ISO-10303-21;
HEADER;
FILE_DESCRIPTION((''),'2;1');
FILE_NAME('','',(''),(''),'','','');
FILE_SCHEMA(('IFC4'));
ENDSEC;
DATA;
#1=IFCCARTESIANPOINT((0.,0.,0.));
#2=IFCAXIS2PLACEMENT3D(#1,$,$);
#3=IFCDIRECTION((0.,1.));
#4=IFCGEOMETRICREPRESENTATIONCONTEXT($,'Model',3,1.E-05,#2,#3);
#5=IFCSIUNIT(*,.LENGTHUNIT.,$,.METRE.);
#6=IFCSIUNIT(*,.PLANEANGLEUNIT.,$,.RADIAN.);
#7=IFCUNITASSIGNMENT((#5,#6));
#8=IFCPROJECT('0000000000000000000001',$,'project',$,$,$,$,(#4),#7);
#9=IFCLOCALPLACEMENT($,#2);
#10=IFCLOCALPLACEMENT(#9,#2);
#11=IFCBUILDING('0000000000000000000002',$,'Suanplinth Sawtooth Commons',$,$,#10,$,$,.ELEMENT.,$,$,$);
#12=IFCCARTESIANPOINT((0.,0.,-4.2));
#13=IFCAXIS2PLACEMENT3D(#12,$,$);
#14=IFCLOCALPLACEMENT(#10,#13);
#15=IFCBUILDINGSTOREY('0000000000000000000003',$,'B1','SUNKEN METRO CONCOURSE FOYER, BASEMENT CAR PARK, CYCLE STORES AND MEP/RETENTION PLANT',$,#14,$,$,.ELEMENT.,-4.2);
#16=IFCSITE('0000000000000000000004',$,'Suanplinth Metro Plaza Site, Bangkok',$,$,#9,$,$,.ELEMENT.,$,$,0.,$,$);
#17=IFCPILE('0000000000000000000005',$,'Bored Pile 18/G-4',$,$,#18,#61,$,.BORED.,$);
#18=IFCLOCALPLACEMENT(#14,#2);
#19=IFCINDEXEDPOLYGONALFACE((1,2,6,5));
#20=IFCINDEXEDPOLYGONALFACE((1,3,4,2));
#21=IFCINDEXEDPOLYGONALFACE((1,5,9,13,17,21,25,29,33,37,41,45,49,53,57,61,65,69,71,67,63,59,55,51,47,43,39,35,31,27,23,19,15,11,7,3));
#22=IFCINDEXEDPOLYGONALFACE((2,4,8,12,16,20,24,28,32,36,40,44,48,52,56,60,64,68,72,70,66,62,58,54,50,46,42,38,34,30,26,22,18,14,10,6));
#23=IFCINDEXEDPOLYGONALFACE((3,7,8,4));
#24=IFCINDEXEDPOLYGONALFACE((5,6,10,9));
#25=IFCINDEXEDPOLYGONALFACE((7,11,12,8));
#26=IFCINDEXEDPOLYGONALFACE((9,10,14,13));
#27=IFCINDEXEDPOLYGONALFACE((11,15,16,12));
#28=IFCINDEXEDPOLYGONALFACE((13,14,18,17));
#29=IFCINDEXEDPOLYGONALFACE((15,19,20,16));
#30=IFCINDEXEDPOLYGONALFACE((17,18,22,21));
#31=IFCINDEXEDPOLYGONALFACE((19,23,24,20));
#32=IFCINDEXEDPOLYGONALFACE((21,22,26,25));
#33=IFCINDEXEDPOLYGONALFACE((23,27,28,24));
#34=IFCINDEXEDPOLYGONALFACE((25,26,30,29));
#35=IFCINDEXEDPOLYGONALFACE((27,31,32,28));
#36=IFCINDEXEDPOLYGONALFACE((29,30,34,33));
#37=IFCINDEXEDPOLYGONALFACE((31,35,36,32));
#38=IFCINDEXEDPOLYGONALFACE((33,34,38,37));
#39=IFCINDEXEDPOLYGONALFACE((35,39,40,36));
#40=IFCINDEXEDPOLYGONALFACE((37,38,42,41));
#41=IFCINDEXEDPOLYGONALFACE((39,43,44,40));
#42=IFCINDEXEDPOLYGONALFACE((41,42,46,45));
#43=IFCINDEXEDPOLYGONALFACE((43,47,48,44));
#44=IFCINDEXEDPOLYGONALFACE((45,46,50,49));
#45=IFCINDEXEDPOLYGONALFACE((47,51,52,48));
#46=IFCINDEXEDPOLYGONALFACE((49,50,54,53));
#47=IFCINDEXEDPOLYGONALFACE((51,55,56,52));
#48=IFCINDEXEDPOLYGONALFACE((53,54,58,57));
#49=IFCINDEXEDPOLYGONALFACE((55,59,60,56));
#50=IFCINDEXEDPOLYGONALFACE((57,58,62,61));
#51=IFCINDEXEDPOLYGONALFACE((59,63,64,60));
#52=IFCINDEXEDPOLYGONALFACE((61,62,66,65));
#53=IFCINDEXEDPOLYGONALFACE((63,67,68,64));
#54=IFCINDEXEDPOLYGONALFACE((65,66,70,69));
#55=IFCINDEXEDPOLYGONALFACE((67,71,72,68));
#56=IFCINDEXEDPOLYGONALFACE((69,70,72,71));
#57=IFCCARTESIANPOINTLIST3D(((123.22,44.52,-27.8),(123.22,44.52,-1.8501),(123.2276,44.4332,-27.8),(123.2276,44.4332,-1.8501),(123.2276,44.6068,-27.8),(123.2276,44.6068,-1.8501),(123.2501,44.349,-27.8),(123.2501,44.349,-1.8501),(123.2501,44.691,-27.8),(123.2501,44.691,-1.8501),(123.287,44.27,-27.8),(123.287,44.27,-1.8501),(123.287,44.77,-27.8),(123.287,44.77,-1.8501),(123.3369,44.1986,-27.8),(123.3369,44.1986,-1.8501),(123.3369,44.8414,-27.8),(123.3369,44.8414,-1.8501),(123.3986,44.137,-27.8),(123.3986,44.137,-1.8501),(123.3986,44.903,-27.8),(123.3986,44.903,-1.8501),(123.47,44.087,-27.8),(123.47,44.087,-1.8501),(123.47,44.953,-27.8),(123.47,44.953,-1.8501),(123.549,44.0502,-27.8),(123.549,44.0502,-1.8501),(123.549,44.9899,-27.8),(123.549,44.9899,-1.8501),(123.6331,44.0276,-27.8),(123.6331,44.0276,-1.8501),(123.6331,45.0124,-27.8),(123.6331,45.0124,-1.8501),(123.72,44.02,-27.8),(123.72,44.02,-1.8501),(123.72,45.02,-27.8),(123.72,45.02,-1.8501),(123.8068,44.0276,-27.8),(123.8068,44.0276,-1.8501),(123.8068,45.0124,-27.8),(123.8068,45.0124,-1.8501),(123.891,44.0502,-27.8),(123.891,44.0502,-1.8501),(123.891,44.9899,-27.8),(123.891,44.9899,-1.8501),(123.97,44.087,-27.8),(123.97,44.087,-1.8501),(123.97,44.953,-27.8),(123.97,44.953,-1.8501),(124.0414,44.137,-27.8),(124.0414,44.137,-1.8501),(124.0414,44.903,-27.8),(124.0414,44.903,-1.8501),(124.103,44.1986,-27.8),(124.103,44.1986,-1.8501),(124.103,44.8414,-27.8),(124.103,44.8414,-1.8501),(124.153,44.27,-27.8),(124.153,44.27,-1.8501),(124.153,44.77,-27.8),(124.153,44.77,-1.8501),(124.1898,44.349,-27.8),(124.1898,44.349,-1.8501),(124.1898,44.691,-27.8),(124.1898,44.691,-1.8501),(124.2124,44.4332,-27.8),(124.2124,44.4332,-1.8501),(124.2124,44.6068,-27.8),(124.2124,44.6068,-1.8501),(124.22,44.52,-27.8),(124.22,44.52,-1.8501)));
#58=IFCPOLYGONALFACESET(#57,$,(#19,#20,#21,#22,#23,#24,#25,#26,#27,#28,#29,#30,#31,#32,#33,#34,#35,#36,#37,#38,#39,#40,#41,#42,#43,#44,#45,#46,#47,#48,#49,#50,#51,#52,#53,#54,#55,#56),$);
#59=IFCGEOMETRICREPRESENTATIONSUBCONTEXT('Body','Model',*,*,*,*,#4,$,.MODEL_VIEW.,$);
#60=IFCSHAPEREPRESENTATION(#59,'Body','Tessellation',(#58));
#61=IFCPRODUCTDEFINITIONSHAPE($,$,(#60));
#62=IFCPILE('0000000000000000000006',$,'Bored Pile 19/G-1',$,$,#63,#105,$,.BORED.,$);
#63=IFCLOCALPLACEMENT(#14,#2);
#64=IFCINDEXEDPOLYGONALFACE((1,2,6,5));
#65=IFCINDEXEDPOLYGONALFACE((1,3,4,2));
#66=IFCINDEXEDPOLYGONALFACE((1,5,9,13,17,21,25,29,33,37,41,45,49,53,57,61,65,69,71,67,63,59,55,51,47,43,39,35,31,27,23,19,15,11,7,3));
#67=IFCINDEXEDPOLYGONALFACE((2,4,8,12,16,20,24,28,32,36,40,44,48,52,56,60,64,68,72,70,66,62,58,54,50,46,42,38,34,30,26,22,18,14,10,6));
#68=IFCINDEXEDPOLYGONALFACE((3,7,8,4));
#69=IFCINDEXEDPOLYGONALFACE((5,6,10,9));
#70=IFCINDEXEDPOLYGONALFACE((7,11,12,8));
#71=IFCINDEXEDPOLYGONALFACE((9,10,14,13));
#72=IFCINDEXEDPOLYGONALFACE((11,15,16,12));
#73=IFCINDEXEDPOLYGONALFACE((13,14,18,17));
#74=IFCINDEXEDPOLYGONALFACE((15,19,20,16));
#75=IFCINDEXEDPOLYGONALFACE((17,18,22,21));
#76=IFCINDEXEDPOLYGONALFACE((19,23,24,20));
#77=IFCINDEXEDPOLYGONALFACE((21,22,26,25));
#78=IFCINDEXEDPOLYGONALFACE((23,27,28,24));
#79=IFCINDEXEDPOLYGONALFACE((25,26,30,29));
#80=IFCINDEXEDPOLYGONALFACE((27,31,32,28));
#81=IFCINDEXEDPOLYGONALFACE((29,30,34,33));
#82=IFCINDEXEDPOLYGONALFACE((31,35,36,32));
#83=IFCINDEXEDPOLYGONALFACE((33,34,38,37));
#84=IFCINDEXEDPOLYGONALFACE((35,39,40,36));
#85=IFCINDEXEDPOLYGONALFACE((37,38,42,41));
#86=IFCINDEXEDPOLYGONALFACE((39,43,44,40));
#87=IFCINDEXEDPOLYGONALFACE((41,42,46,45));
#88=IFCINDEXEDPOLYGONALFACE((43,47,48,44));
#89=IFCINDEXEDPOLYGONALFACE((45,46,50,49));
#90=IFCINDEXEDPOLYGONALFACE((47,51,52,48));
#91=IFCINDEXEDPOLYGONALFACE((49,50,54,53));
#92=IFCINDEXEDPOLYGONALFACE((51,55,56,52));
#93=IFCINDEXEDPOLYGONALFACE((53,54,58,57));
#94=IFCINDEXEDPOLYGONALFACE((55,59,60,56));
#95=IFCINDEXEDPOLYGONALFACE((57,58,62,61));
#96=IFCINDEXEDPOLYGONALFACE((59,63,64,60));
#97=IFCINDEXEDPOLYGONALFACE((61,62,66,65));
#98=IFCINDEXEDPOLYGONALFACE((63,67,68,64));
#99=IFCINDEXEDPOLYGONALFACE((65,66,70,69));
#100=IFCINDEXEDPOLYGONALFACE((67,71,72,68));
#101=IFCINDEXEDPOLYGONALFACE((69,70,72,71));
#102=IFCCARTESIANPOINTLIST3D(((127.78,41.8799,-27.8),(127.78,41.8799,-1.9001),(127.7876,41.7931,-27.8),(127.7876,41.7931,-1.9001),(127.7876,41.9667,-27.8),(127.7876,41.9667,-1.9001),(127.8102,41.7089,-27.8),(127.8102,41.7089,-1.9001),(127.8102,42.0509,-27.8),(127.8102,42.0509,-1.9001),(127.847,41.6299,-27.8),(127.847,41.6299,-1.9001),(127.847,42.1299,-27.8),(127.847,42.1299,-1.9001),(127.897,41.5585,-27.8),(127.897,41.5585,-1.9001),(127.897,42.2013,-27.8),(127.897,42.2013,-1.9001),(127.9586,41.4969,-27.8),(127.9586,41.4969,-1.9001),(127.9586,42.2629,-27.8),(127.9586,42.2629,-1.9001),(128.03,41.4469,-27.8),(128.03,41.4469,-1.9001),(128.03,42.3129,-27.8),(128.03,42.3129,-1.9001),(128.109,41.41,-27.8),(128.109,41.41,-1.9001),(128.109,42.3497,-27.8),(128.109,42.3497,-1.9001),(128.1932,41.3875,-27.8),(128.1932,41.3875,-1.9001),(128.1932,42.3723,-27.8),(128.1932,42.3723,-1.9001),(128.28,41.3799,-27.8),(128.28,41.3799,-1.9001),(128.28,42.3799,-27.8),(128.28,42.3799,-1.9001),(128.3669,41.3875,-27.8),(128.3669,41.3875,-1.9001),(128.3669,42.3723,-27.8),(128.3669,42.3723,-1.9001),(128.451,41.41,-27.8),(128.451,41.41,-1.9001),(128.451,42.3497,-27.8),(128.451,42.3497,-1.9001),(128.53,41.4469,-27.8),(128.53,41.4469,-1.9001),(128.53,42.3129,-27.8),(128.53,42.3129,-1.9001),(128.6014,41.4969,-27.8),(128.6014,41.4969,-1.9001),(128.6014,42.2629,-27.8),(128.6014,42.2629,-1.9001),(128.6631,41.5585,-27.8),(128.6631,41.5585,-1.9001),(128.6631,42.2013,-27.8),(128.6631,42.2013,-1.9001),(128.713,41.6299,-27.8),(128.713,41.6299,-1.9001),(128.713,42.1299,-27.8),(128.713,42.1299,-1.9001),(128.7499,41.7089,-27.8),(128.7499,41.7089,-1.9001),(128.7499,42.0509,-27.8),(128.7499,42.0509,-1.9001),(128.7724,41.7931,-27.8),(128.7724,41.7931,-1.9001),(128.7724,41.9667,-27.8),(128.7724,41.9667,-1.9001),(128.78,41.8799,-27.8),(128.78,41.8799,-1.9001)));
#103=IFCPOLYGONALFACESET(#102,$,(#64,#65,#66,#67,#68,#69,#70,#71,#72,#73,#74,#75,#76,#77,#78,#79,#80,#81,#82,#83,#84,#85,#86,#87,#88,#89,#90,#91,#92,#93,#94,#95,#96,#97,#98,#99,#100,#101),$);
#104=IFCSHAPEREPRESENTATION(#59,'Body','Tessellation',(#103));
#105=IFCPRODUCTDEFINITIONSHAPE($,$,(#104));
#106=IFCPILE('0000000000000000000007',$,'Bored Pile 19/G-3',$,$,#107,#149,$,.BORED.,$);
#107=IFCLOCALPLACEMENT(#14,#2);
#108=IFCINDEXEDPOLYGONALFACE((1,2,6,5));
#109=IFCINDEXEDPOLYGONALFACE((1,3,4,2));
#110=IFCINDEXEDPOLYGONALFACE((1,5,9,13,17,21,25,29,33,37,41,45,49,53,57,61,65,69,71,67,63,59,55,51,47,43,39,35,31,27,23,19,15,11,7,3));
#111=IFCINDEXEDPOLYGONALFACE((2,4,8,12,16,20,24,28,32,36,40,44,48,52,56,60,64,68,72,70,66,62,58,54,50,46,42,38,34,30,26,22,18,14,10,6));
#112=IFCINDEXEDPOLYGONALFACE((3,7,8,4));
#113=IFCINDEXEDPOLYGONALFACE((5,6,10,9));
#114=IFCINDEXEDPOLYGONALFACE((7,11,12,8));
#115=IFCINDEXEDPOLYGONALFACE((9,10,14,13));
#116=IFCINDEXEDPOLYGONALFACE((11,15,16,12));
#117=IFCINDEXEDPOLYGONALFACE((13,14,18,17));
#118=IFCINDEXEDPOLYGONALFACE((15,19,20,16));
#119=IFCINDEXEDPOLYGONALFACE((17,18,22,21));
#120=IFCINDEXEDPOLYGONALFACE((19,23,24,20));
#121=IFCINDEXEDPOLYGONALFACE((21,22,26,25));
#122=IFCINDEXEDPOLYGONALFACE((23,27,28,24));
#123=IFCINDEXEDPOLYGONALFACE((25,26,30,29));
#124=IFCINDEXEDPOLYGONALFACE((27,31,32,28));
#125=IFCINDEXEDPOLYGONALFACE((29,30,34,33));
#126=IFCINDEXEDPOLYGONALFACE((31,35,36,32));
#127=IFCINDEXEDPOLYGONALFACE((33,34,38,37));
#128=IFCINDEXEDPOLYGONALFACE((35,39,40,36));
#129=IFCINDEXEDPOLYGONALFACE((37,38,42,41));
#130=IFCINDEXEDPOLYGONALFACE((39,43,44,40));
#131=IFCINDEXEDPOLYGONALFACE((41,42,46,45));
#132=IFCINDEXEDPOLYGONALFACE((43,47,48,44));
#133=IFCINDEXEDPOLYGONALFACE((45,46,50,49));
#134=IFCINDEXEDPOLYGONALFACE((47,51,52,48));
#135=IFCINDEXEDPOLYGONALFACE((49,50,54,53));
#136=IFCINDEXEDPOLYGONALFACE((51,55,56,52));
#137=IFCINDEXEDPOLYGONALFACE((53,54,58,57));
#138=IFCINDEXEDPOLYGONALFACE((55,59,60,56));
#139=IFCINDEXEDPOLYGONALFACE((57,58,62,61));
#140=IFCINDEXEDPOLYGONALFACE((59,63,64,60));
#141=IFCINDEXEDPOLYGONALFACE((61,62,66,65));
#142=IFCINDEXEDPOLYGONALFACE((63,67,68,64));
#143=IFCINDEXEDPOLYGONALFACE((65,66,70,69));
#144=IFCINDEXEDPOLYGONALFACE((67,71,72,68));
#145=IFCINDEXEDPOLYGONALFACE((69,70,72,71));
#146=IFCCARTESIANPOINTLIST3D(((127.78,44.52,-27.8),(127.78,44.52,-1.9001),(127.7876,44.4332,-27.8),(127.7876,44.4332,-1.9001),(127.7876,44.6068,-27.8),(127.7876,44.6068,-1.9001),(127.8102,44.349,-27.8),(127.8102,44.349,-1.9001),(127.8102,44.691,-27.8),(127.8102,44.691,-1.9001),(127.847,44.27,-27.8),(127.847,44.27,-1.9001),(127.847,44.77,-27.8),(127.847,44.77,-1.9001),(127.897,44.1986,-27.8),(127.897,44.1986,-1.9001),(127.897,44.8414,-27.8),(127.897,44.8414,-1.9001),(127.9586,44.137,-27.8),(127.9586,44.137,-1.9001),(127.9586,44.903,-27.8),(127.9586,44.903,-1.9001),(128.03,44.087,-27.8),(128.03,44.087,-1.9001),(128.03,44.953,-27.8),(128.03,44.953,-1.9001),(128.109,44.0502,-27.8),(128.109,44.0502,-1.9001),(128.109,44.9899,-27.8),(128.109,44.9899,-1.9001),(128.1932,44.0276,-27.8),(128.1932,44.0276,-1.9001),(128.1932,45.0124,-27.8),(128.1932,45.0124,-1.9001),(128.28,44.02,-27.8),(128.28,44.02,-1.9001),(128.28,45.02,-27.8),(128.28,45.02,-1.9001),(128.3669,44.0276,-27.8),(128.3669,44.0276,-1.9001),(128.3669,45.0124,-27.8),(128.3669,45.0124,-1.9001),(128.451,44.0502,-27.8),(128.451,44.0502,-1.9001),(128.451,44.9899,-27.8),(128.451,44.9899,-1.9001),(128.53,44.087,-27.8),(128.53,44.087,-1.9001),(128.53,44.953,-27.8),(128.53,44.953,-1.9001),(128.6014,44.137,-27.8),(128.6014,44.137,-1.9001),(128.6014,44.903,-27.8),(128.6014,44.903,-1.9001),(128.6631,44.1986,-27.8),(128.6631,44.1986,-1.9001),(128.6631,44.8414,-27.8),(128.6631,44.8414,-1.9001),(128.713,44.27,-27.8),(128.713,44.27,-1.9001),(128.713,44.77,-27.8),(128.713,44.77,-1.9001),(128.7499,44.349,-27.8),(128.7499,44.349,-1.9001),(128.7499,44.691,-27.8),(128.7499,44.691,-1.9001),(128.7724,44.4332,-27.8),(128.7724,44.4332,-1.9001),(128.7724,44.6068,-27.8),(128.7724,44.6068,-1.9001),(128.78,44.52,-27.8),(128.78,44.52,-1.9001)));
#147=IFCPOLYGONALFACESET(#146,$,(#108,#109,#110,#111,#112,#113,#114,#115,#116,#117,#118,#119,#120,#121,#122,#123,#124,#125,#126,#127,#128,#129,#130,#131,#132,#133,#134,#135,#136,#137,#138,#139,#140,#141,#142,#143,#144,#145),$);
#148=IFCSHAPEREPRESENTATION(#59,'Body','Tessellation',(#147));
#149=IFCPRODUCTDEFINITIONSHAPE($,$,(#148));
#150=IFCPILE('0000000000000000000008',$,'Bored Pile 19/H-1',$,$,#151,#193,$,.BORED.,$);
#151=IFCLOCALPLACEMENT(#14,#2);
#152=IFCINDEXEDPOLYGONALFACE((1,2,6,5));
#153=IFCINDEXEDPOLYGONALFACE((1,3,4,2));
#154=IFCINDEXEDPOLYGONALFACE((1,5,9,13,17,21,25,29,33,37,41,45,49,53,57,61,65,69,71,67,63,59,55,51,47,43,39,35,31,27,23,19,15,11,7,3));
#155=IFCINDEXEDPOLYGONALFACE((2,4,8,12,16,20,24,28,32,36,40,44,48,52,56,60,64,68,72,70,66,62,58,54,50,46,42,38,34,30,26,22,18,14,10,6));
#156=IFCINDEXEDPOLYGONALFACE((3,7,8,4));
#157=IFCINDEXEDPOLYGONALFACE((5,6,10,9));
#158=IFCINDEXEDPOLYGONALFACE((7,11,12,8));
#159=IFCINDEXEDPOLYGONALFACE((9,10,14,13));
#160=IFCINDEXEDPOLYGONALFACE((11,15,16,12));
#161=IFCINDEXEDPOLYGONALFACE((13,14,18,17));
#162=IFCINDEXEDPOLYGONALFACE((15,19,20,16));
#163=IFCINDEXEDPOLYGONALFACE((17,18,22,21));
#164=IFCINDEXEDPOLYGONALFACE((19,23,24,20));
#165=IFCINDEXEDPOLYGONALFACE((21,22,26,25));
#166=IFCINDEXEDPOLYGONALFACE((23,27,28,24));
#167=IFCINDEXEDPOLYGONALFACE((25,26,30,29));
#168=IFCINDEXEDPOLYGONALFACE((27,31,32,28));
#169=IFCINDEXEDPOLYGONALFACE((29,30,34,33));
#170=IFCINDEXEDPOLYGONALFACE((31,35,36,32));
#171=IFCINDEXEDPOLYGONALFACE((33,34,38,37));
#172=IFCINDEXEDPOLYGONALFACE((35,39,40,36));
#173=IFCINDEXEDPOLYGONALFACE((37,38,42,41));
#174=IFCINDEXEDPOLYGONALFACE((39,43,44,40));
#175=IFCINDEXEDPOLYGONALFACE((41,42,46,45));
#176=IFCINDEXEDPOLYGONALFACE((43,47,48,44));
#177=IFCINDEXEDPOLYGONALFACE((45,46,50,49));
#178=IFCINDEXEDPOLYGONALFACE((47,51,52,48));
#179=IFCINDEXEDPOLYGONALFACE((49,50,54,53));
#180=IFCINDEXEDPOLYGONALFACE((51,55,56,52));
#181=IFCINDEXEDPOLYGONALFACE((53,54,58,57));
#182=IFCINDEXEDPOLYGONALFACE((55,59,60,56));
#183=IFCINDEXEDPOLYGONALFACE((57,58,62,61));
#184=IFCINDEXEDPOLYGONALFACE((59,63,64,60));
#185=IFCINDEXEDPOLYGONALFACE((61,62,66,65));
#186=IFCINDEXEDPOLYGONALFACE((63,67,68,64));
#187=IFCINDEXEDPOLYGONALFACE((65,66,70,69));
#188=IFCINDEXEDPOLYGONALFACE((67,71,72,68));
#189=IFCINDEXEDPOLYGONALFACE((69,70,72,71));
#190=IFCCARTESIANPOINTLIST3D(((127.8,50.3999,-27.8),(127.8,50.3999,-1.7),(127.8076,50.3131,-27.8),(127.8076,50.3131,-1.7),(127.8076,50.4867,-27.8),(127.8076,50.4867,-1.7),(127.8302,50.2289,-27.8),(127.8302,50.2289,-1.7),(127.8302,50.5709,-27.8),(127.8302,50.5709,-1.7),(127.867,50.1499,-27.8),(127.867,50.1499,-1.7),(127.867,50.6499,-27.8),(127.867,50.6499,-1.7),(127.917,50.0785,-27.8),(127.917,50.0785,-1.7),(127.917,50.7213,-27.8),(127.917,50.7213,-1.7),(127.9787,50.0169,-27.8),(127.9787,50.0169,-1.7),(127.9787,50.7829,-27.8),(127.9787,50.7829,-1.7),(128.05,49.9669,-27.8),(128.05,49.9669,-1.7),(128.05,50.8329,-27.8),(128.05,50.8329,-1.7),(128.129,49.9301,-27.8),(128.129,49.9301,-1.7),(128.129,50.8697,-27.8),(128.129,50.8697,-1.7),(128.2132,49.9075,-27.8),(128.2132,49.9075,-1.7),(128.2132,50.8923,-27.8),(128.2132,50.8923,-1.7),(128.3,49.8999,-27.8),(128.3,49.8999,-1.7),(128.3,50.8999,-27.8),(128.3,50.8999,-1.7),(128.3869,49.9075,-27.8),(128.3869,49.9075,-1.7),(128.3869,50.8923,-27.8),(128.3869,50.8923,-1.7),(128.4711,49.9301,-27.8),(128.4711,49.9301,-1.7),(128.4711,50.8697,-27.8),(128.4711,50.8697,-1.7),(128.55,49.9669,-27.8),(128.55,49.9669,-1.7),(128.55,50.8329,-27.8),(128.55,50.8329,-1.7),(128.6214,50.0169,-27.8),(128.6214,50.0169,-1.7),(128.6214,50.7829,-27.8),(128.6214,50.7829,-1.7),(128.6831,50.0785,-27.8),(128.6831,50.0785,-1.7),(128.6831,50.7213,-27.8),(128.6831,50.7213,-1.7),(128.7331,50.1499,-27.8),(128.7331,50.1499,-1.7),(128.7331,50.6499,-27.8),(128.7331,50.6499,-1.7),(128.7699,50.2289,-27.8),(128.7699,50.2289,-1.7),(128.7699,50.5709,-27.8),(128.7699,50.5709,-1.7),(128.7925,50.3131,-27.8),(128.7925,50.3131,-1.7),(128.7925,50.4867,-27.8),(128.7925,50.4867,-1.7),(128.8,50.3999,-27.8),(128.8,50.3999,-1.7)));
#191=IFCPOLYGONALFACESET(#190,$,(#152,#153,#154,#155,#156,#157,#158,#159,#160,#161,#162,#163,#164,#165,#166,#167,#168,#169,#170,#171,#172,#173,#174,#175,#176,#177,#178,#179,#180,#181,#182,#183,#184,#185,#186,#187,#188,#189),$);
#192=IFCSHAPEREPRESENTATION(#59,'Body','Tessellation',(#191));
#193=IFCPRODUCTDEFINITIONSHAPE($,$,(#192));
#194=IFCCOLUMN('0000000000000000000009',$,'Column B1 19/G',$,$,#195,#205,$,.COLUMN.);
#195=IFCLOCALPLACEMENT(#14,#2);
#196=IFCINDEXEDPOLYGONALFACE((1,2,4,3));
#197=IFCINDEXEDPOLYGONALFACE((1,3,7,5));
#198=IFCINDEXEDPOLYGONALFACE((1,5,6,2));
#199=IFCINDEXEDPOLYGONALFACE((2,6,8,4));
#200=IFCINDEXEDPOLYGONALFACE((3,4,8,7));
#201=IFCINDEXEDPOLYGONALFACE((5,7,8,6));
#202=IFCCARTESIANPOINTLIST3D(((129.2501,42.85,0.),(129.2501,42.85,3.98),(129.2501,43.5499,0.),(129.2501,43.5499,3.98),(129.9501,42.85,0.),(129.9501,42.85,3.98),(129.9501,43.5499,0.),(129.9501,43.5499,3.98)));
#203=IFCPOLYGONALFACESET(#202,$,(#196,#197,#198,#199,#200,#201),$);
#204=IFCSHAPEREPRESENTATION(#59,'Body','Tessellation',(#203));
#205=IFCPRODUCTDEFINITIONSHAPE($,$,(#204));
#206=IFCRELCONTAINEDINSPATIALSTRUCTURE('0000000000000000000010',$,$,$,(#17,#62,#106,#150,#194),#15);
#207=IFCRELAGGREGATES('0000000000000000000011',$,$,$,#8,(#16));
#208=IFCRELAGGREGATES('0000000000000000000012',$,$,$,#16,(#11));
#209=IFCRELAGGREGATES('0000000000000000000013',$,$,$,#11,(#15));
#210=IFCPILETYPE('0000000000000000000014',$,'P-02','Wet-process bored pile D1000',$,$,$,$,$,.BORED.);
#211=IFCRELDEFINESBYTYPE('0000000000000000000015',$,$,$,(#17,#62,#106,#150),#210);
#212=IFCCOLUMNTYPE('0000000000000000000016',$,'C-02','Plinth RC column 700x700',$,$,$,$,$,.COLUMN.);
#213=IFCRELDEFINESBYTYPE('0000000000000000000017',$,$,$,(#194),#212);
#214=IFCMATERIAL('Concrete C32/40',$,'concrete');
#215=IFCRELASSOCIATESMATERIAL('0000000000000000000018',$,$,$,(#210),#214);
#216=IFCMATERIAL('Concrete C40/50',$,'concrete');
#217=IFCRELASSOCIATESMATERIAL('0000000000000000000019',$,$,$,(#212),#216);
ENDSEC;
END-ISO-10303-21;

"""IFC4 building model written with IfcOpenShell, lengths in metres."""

from ifc_helpers import new_model, si_unit, direction, frame, origin, origin_2d, place, context, subcontext, project, spatial, rectangle, circle, extrude, material, material_profile, profile_set, type_object, element, save


model = new_model("IFC4")

# Units and contexts
model_context = context("Model", 3, precision=1e-05, world=origin(), true_north=direction((0.0, 1.0)))
body_context = subcontext(model_context, "Body", "Model", "MODEL_VIEW")
ifc_project = project(units=[si_unit("LENGTHUNIT", "METRE"), si_unit("PLANEANGLEUNIT", "RADIAN")], contexts=[model_context])

# Site, building, storey
site_placement = place(None, origin())
site = spatial("IfcSite", under=ifc_project, at=site_placement, Name="Suanplinth Metro Plaza Site, Bangkok", CompositionType="ELEMENT", RefElevation=0.0)
building_placement = place(site_placement, origin())
building = spatial("IfcBuilding", under=site, at=building_placement, Name="Suanplinth Sawtooth Commons", CompositionType="ELEMENT")
storey_placement = place(building_placement, frame((0.0, 0.0, -4.2)))
storey = spatial("IfcBuildingStorey", under=building, at=storey_placement, Name="B1", Description="SUNKEN METRO CONCOURSE FOYER, BASEMENT CAR PARK, CYCLE STORES AND MEP/RETENTION PLANT", CompositionType="ELEMENT", Elevation=-4.2)

# Piles
ifc_material_1 = material(Name="Concrete C32/40", Category="concrete")
ifc_material_profile_1 = material_profile(ifc_material_1, circle(Radius=0.5, at=origin_2d()), Name="PILE D1000")
ifc_profile_set_1 = profile_set([ifc_material_profile_1], Name="Concrete C32/40")
pile_type_1 = type_object("IfcPileType", Name="P-02", Description="Wet-process bored pile D1000", PredefinedType="BORED", material=ifc_profile_set_1)
for number, where, z_axis, x_axis, name in (
    (1, (123.72, 44.52, -1.8501), (0.0, 0.0, -1.0), (1.0, 0.0, 0.0), "Bored Pile 18/G-4"),
):
    element("IfcPile", number, at=place(storey_placement, frame(where, z_axis=z_axis, x_axis=x_axis)), inside=storey, type_object=pile_type_1, Name=name, PredefinedType="BORED", context=body_context, shape_type="SweptSolid", body=[
        extrude(circle(Radius=0.5, at=origin_2d()), origin(), (0.0, 0.0, 1.0), 25.95),
    ])
for number, where, z_axis, x_axis, name in (
    (2, (128.28, 41.8799, -1.9001), (0.0, 0.0, -1.0), (1.0, 0.0, 0.0), "Bored Pile 19/G-1"),
    (3, (128.28, 44.52, -1.9001), (0.0, 0.0, -1.0), (1.0, 0.0, 0.0), "Bored Pile 19/G-3"),
):
    element("IfcPile", number, at=place(storey_placement, frame(where, z_axis=z_axis, x_axis=x_axis)), inside=storey, type_object=pile_type_1, Name=name, PredefinedType="BORED", context=body_context, shape_type="SweptSolid", body=[
        extrude(circle(Radius=0.5, at=origin_2d()), origin(), (0.0, 0.0, 1.0), 25.8999),
    ])
pile_1_placement = place(storey_placement, frame((128.3, 50.3999, -1.7), z_axis=(0.0, 0.0, -1.0), x_axis=(1.0, 0.0, 0.0)))
element("IfcPile", 4, at=pile_1_placement, inside=storey, type_object=pile_type_1, Name="Bored Pile 19/H-1", PredefinedType="BORED", context=body_context, shape_type="SweptSolid", body=[
    extrude(circle(Radius=0.5, at=origin_2d()), origin(), (0.0, 0.0, 1.0), 26.1001),
])

# Column
ifc_material_2 = material(Name="Concrete C40/50", Category="concrete")
ifc_material_profile_2 = material_profile(ifc_material_2, rectangle(XDim=0.7, YDim=0.7, at=origin_2d()), Name="RC-COL 700x700")
ifc_profile_set_2 = profile_set([ifc_material_profile_2], Name="Concrete C40/50")
column_type_1 = type_object("IfcColumnType", Name="C-02", Description="Plinth RC column 700x700", PredefinedType="COLUMN", material=ifc_profile_set_2)
column_placement = place(storey_placement, frame((129.6001, 43.2, 0.0), z_axis=(0.0, 0.0, 1.0), x_axis=(1.0, 0.0, 0.0)))
element("IfcColumn", 5, at=column_placement, inside=storey, type_object=column_type_1, Name="Column B1 19/G", PredefinedType="COLUMN", context=body_context, shape_type="SweptSolid", body=[
    extrude(rectangle(XDim=0.7, YDim=0.7, at=origin_2d()), origin(), (0.0, 0.0, 1.0), 3.98),
])

save(model, "model.ifc")
